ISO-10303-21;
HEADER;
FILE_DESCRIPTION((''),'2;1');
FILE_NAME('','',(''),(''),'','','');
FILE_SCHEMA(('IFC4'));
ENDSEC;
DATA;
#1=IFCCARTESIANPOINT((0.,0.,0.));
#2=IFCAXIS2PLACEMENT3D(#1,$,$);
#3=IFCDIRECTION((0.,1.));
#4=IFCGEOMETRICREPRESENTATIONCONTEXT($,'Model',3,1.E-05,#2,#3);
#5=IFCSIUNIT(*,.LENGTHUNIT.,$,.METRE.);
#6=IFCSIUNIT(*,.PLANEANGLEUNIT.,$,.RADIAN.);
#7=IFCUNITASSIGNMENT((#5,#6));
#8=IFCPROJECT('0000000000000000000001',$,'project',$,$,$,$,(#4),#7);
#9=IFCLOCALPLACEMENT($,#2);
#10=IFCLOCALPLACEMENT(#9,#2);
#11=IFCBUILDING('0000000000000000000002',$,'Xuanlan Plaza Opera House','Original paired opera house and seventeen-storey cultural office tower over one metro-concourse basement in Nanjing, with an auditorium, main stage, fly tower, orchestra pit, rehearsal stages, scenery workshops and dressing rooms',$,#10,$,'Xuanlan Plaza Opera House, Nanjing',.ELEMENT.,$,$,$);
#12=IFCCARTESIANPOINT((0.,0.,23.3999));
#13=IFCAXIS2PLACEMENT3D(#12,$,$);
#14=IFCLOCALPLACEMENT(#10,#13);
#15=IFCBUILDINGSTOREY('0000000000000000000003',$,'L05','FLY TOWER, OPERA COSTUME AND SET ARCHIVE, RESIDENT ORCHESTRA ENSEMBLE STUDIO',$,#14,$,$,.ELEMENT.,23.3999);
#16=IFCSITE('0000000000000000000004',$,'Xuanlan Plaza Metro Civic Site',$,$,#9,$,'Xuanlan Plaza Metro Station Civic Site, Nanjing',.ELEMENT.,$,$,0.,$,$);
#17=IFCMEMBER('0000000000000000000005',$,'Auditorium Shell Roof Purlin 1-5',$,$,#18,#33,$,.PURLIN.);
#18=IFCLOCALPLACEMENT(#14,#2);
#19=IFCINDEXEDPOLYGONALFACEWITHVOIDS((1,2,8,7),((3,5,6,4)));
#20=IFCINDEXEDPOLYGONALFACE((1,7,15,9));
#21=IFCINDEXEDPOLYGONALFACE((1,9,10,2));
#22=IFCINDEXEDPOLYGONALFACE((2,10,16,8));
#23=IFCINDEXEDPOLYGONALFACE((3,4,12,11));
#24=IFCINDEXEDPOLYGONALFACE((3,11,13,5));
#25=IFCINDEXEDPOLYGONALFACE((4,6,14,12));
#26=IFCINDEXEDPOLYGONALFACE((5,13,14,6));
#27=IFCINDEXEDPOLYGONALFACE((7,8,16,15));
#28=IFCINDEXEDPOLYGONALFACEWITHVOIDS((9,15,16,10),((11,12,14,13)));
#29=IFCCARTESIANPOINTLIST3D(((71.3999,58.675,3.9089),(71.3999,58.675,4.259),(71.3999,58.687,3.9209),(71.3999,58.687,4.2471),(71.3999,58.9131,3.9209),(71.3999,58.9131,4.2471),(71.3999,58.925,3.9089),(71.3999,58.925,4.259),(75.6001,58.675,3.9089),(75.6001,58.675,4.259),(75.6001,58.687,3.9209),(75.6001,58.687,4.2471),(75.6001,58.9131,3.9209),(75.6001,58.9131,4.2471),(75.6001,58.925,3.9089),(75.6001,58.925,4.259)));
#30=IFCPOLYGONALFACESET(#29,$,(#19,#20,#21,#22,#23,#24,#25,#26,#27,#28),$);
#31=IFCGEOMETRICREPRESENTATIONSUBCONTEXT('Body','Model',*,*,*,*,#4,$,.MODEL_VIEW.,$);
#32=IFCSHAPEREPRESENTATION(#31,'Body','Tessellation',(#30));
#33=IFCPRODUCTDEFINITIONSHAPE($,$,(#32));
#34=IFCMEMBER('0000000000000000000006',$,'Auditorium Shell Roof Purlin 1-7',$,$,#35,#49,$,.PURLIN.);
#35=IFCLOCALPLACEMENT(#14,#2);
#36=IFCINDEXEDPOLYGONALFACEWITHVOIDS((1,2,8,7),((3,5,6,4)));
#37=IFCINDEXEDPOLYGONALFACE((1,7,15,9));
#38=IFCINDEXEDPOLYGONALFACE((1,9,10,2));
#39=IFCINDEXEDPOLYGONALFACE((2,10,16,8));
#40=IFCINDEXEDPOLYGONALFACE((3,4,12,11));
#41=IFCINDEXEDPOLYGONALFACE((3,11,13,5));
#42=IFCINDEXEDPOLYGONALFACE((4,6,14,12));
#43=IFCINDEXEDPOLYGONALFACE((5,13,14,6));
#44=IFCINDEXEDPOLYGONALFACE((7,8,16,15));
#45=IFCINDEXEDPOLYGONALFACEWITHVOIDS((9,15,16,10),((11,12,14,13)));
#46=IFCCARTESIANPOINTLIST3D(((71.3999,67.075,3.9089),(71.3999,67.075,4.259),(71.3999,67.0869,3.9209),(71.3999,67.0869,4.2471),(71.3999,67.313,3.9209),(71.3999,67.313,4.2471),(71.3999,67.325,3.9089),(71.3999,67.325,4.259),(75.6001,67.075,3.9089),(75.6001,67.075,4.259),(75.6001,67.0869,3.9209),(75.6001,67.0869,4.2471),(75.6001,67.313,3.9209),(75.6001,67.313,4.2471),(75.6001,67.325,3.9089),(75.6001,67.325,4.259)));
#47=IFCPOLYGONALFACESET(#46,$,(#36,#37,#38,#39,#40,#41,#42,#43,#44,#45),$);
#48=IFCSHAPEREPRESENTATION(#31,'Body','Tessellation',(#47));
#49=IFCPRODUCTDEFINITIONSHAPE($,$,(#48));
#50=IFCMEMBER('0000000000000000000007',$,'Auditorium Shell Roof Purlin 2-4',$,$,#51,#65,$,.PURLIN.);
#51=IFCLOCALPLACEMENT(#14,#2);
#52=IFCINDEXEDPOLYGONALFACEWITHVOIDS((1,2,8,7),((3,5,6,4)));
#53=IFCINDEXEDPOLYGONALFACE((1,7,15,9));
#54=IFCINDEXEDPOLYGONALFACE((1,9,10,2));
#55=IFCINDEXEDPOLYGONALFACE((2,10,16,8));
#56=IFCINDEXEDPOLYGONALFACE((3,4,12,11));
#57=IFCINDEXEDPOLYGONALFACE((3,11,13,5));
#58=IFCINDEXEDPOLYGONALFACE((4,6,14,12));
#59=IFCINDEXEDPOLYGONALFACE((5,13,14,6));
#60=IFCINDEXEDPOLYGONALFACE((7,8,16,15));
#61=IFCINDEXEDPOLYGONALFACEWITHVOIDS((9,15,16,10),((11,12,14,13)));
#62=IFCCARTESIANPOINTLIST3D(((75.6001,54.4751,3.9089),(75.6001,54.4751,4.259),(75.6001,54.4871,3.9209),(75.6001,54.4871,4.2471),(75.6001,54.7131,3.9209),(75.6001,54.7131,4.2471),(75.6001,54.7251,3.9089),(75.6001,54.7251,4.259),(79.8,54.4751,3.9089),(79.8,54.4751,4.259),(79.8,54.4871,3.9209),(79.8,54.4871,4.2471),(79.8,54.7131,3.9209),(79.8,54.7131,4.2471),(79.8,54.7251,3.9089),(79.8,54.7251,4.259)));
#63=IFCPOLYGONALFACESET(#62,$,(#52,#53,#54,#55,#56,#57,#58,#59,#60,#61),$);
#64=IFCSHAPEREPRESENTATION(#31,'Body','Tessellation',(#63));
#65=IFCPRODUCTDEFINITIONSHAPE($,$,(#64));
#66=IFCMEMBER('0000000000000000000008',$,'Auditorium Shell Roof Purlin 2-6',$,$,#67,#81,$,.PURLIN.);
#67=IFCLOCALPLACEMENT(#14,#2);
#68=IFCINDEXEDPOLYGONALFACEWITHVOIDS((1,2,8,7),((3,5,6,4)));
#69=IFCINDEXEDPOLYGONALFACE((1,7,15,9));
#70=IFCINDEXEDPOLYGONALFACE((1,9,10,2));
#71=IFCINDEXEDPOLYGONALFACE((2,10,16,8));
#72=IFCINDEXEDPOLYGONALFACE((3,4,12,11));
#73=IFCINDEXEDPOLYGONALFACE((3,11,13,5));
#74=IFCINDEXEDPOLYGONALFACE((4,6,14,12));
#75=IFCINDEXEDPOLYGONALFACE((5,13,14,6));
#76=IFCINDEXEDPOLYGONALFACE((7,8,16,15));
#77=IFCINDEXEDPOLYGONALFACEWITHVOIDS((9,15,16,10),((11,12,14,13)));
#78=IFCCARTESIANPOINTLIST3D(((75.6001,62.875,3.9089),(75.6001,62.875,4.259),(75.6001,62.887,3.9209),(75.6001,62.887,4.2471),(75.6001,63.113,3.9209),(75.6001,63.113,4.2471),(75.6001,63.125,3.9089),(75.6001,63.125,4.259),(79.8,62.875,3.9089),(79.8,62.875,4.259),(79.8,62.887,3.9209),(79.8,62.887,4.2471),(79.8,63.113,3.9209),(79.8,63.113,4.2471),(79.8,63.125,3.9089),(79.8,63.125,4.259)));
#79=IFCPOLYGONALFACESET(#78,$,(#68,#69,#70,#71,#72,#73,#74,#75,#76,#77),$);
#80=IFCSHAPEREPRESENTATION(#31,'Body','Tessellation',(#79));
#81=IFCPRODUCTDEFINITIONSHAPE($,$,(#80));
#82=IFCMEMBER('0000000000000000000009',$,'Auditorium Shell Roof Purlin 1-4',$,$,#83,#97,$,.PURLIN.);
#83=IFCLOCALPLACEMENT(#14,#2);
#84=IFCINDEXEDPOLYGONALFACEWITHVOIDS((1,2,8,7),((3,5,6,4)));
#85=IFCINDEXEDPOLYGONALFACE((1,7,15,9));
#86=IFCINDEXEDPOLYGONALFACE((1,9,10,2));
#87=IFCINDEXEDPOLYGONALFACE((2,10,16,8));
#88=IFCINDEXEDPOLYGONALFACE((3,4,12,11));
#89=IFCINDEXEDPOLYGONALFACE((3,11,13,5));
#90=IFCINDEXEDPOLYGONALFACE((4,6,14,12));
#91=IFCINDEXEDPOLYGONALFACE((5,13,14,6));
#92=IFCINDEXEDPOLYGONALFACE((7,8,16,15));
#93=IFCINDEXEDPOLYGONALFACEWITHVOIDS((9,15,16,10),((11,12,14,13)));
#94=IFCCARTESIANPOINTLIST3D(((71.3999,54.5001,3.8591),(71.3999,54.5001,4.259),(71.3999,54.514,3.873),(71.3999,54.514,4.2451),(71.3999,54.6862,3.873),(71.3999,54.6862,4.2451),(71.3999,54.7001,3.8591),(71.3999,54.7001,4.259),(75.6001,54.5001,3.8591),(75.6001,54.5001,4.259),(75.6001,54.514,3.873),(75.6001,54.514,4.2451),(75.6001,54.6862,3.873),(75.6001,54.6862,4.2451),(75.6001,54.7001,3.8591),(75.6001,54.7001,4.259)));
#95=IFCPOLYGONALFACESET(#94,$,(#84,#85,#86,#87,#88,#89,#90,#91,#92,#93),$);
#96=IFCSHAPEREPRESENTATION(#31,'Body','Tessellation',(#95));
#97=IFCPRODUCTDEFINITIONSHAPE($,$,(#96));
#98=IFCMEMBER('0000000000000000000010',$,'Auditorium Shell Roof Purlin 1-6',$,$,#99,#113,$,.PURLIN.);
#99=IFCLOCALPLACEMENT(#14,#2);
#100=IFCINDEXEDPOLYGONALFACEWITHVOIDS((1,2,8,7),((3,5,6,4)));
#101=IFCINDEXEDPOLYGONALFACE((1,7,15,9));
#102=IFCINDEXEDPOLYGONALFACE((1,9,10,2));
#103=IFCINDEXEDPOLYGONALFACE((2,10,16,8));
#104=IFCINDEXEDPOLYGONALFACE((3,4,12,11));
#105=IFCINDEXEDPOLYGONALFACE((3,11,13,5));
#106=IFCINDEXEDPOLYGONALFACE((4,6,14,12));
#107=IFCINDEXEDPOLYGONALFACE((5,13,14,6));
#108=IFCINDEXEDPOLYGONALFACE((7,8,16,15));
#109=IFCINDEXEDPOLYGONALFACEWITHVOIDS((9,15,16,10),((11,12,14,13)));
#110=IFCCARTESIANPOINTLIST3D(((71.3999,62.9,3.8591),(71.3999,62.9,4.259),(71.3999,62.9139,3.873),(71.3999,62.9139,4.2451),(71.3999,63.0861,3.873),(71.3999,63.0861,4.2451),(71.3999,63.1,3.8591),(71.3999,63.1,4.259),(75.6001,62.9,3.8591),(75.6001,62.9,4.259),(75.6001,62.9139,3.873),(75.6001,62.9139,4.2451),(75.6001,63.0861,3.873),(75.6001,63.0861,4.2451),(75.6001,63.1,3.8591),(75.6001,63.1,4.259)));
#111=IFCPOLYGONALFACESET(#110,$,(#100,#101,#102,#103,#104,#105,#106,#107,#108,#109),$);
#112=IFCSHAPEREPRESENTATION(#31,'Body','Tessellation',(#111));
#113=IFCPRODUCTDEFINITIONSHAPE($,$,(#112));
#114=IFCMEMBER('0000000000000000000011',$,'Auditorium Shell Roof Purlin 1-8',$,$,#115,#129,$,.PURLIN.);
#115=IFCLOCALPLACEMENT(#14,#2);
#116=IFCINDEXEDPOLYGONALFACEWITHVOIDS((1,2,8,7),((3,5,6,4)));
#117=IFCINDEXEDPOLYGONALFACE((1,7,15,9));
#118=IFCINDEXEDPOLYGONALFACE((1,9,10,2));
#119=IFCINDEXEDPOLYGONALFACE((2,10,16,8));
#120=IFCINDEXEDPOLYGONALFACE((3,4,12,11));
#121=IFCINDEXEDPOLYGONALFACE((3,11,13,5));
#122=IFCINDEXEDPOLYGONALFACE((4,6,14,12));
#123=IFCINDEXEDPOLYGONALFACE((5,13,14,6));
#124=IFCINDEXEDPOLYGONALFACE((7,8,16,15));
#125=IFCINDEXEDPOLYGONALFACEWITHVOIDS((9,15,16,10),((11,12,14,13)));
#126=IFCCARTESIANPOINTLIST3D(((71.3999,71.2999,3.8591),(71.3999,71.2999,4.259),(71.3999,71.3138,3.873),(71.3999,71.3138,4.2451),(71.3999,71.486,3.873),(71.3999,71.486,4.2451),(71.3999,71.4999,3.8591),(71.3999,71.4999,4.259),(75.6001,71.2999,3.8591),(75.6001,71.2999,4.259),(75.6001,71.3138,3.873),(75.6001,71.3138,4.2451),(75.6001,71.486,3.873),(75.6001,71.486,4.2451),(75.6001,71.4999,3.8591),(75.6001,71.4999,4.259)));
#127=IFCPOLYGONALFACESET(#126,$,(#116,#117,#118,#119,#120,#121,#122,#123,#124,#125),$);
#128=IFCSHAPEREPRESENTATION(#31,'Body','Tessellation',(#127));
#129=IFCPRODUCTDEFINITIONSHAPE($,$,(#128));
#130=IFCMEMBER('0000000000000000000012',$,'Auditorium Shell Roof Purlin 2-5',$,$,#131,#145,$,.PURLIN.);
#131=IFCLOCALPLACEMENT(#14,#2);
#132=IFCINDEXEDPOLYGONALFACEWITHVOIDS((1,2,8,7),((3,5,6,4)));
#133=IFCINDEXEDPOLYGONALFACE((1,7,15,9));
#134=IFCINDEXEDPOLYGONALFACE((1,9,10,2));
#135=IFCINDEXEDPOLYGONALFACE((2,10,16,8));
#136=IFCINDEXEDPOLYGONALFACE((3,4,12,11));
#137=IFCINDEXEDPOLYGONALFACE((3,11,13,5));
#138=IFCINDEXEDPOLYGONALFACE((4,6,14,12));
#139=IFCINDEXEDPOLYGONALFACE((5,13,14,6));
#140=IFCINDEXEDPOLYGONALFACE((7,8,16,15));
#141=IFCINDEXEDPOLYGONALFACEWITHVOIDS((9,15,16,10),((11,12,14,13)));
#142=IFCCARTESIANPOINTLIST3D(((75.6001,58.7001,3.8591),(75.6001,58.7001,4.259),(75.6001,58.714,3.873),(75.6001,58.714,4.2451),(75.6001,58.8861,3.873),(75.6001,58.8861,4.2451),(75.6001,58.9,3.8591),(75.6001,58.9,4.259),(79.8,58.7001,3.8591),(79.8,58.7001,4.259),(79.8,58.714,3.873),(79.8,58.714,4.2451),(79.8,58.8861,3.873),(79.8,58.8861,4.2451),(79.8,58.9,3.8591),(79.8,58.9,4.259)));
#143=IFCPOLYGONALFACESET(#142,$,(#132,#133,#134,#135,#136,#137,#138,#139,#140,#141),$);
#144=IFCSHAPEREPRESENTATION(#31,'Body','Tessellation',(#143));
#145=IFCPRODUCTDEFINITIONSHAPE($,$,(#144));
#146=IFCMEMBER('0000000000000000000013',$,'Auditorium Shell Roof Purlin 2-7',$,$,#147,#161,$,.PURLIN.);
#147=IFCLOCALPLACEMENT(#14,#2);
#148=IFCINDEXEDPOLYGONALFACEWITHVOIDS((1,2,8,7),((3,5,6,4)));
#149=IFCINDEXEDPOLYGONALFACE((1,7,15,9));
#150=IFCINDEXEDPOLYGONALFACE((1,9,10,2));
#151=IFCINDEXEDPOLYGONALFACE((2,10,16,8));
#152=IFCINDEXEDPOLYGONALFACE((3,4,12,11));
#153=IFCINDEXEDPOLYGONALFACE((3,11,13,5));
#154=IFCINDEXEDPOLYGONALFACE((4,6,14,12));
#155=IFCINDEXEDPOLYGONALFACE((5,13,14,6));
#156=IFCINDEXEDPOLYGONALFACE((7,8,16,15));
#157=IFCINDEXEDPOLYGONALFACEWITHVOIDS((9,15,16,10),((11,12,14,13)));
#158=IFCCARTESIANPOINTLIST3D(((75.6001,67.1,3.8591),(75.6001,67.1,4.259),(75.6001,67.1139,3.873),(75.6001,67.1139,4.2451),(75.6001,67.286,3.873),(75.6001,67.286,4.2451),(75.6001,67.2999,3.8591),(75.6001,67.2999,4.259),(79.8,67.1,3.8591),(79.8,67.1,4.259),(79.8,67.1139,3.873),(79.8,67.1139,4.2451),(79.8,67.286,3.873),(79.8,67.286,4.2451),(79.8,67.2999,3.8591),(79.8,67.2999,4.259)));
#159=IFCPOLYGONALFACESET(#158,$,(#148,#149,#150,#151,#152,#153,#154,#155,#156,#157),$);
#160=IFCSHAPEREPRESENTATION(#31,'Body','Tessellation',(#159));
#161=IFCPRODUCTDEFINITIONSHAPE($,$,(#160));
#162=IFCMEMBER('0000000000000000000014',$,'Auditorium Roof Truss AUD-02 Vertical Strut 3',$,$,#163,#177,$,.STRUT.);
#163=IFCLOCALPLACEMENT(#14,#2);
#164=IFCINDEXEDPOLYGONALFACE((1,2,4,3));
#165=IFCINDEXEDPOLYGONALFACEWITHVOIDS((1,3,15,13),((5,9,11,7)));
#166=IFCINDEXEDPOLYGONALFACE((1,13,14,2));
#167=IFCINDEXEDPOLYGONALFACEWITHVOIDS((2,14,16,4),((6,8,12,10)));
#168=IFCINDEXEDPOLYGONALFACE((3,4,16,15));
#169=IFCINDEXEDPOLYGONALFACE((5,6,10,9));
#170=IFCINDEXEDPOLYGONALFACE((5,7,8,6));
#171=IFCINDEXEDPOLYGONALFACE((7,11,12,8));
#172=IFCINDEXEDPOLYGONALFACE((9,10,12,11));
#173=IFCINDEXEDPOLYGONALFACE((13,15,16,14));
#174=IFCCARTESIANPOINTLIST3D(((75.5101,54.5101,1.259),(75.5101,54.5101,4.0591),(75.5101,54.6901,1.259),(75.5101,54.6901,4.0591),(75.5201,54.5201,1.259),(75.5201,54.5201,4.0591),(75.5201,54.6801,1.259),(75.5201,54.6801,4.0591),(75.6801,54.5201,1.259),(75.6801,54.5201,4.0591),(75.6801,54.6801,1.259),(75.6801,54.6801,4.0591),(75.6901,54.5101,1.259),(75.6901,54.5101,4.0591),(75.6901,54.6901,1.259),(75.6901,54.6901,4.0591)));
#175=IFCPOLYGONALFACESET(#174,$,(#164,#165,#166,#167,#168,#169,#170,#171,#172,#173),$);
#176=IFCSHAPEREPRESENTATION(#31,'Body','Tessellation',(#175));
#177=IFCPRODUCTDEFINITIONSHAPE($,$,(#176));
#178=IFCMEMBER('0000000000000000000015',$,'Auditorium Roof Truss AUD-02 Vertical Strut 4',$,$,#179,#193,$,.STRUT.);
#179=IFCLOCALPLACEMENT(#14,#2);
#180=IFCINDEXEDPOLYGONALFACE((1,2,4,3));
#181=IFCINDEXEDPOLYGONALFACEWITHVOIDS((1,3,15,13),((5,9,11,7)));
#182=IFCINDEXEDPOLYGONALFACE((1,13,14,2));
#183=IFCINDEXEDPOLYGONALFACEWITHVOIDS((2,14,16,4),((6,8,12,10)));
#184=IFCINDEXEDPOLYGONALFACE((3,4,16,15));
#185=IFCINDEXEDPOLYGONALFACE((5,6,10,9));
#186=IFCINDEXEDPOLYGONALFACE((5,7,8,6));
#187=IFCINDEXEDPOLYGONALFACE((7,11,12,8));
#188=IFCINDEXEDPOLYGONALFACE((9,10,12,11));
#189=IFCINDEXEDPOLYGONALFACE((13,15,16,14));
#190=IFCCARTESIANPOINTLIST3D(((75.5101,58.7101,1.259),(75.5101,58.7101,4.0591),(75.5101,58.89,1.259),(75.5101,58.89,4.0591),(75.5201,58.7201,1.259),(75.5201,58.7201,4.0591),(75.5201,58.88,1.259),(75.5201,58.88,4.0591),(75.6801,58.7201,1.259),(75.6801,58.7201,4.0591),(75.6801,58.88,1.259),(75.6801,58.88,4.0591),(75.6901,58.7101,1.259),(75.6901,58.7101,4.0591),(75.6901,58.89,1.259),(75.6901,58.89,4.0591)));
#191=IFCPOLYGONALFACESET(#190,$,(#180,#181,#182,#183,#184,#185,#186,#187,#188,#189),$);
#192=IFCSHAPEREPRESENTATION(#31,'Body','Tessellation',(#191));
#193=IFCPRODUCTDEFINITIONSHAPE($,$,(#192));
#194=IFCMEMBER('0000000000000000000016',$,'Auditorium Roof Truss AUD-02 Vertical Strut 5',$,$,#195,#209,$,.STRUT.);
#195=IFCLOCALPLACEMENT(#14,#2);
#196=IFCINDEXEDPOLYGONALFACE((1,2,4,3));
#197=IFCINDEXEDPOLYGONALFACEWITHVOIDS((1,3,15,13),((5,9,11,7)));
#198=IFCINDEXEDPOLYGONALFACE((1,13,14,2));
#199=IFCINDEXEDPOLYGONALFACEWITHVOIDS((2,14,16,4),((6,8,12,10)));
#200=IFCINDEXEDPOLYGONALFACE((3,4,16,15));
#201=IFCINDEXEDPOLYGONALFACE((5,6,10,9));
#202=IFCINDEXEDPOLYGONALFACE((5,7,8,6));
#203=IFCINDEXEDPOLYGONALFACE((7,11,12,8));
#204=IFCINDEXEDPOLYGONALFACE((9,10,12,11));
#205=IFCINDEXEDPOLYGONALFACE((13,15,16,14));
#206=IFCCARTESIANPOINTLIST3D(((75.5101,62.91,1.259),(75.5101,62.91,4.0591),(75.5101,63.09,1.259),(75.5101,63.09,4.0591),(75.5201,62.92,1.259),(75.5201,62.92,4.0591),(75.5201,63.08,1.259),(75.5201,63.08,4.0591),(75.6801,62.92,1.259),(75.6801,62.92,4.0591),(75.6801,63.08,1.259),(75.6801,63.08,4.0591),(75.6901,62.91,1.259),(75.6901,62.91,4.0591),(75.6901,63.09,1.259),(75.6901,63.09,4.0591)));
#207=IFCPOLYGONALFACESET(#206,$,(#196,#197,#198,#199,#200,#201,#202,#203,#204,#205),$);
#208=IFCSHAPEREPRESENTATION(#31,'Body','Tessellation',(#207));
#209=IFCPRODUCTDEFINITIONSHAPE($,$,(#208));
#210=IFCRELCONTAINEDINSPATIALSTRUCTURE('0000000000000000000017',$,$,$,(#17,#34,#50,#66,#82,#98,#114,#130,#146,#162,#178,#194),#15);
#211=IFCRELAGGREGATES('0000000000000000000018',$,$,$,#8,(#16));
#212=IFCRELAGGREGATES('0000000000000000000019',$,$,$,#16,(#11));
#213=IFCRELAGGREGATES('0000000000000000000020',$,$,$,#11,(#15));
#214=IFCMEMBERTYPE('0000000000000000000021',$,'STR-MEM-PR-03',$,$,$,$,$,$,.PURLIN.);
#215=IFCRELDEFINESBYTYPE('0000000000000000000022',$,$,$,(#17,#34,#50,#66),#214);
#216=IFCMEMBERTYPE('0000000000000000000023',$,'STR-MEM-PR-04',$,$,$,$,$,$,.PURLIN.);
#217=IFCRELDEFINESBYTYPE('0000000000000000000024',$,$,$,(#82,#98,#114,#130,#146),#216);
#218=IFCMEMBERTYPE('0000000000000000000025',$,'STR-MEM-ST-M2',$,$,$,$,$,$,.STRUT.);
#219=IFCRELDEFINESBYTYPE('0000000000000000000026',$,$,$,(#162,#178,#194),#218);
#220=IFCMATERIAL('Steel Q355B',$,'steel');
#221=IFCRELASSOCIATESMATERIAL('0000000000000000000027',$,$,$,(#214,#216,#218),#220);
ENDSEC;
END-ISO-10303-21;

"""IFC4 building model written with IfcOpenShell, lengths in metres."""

from ifc_helpers import new_model, si_unit, direction, frame, origin, origin_2d, place, context, subcontext, project, spatial, hollow_rectangle, extrude, material, material_profile, profile_set, type_object, element, save


model = new_model("IFC4")

# Units and contexts
model_context = context("Model", 3, precision=1e-05, world=origin(), true_north=direction((0.0, 1.0)))
body_context = subcontext(model_context, "Body", "Model", "MODEL_VIEW")
ifc_project = project(units=[si_unit("LENGTHUNIT", "METRE"), si_unit("PLANEANGLEUNIT", "RADIAN")], contexts=[model_context])

# Site, building, storey
site_placement = place(None, origin())
site = spatial("IfcSite", under=ifc_project, at=site_placement, Name="Xuanlan Plaza Metro Civic Site", LongName="Xuanlan Plaza Metro Station Civic Site, Nanjing", CompositionType="ELEMENT", RefElevation=0.0)
building_placement = place(site_placement, origin())
building = spatial("IfcBuilding", under=site, at=building_placement, Name="Xuanlan Plaza Opera House", Description="Original paired opera house and seventeen-storey cultural office tower over one metro-concourse basement in Nanjing, with an auditorium, main stage, fly tower, orchestra pit, rehearsal stages, scenery workshops and dressing rooms", LongName="Xuanlan Plaza Opera House, Nanjing", CompositionType="ELEMENT")
storey_placement = place(building_placement, frame((0.0, 0.0, 23.3999)))
storey = spatial("IfcBuildingStorey", under=building, at=storey_placement, Name="L05", Description="FLY TOWER, OPERA COSTUME AND SET ARCHIVE, RESIDENT ORCHESTRA ENSEMBLE STUDIO", CompositionType="ELEMENT", Elevation=23.3999)

# Members
ifc_material_1 = material(Name="Steel Q355B", Category="steel")
ifc_material_profile_1 = material_profile(ifc_material_1, hollow_rectangle(XDim=0.25, YDim=0.3501, WallThickness=0.012, at=origin_2d()), Name="RHS 350x250x12")
ifc_profile_set_1 = profile_set([ifc_material_profile_1], Name="Steel Q355B")
member_type_1 = type_object("IfcMemberType", Name="STR-MEM-PR-03", PredefinedType="PURLIN", material=ifc_profile_set_1)
for number, where, z_axis, x_axis, name in (
    (1, (71.3999, 58.8, 4.084), (1.0, 0.0, 0.0), (0.0, 1.0, 0.0), "Auditorium Shell Roof Purlin 1-5"),
    (2, (71.3999, 67.2, 4.084), (1.0, 0.0, 0.0), (0.0, 1.0, 0.0), "Auditorium Shell Roof Purlin 1-7"),
):
    element("IfcMember", number, at=place(storey_placement, frame(where, z_axis=z_axis, x_axis=x_axis)), inside=storey, type_object=member_type_1, Name=name, PredefinedType="PURLIN", context=body_context, shape_type="SweptSolid", body=[
        extrude(hollow_rectangle(XDim=0.25, YDim=0.3501, WallThickness=0.012, at=origin_2d()), origin(), (0.0, 0.0, 1.0), 4.2002),
    ])
for number, where, z_axis, x_axis, name in (
    (3, (75.6001, 54.6001, 4.084), (1.0, 0.0, 0.0), (0.0, 1.0, 0.0), "Auditorium Shell Roof Purlin 2-4"),
    (4, (75.6001, 63.0, 4.084), (1.0, 0.0, 0.0), (0.0, 1.0, 0.0), "Auditorium Shell Roof Purlin 2-6"),
):
    element("IfcMember", number, at=place(storey_placement, frame(where, z_axis=z_axis, x_axis=x_axis)), inside=storey, type_object=member_type_1, Name=name, PredefinedType="PURLIN", context=body_context, shape_type="SweptSolid", body=[
        extrude(hollow_rectangle(XDim=0.25, YDim=0.3501, WallThickness=0.012, at=origin_2d()), origin(), (0.0, 0.0, 1.0), 4.2),
    ])
ifc_material_profile_2 = material_profile(ifc_material_1, hollow_rectangle(XDim=0.2, YDim=0.3999, WallThickness=0.0139, at=origin_2d()), Name="RHS 400x200x14")
ifc_profile_set_2 = profile_set([ifc_material_profile_2], Name="Steel Q355B")
member_type_2 = type_object("IfcMemberType", Name="STR-MEM-PR-04", PredefinedType="PURLIN", material=ifc_profile_set_2)
for number, where, z_axis, x_axis, name in (
    (5, (71.3999, 54.6001, 4.0591), (1.0, 0.0, 0.0), (0.0, 1.0, 0.0), "Auditorium Shell Roof Purlin 1-4"),
    (6, (71.3999, 63.0, 4.0591), (1.0, 0.0, 0.0), (0.0, 1.0, 0.0), "Auditorium Shell Roof Purlin 1-6"),
    (7, (71.3999, 71.3999, 4.0591), (1.0, 0.0, 0.0), (0.0, 1.0, 0.0), "Auditorium Shell Roof Purlin 1-8"),
):
    element("IfcMember", number, at=place(storey_placement, frame(where, z_axis=z_axis, x_axis=x_axis)), inside=storey, type_object=member_type_2, Name=name, PredefinedType="PURLIN", context=body_context, shape_type="SweptSolid", body=[
        extrude(hollow_rectangle(XDim=0.2, YDim=0.3999, WallThickness=0.0139, at=origin_2d()), origin(), (0.0, 0.0, 1.0), 4.2002),
    ])
for number, where, z_axis, x_axis, name in (
    (8, (75.6001, 58.8, 4.0591), (1.0, 0.0, 0.0), (0.0, 1.0, 0.0), "Auditorium Shell Roof Purlin 2-5"),
    (9, (75.6001, 67.2, 4.0591), (1.0, 0.0, 0.0), (0.0, 1.0, 0.0), "Auditorium Shell Roof Purlin 2-7"),
):
    element("IfcMember", number, at=place(storey_placement, frame(where, z_axis=z_axis, x_axis=x_axis)), inside=storey, type_object=member_type_2, Name=name, PredefinedType="PURLIN", context=body_context, shape_type="SweptSolid", body=[
        extrude(hollow_rectangle(XDim=0.2, YDim=0.3999, WallThickness=0.0139, at=origin_2d()), origin(), (0.0, 0.0, 1.0), 4.2),
    ])
ifc_material_profile_3 = material_profile(ifc_material_1, hollow_rectangle(XDim=0.1799, YDim=0.1799, WallThickness=0.01, at=origin_2d()), Name="SHS 180x180x10")
ifc_profile_set_3 = profile_set([ifc_material_profile_3], Name="Steel Q355B")
member_type_3 = type_object("IfcMemberType", Name="STR-MEM-ST-M2", PredefinedType="STRUT", material=ifc_profile_set_3)
for number, where, z_axis, x_axis, name in (
    (10, (75.6001, 54.6001, 1.259), (0.0, 0.0, 1.0), (1.0, 0.0, 0.0), "Auditorium Roof Truss AUD-02 Vertical Strut 3"),
    (11, (75.6001, 58.8, 1.259), (0.0, 0.0, 1.0), (1.0, 0.0, 0.0), "Auditorium Roof Truss AUD-02 Vertical Strut 4"),
    (12, (75.6001, 63.0, 1.259), (0.0, 0.0, 1.0), (1.0, 0.0, 0.0), "Auditorium Roof Truss AUD-02 Vertical Strut 5"),
):
    element("IfcMember", number, at=place(storey_placement, frame(where, z_axis=z_axis, x_axis=x_axis)), inside=storey, type_object=member_type_3, Name=name, PredefinedType="STRUT", context=body_context, shape_type="SweptSolid", body=[
        extrude(hollow_rectangle(XDim=0.1799, YDim=0.1799, WallThickness=0.01, at=origin_2d()), origin(), (0.0, 0.0, 1.0), 2.8),
    ])

save(model, "model.ifc")
